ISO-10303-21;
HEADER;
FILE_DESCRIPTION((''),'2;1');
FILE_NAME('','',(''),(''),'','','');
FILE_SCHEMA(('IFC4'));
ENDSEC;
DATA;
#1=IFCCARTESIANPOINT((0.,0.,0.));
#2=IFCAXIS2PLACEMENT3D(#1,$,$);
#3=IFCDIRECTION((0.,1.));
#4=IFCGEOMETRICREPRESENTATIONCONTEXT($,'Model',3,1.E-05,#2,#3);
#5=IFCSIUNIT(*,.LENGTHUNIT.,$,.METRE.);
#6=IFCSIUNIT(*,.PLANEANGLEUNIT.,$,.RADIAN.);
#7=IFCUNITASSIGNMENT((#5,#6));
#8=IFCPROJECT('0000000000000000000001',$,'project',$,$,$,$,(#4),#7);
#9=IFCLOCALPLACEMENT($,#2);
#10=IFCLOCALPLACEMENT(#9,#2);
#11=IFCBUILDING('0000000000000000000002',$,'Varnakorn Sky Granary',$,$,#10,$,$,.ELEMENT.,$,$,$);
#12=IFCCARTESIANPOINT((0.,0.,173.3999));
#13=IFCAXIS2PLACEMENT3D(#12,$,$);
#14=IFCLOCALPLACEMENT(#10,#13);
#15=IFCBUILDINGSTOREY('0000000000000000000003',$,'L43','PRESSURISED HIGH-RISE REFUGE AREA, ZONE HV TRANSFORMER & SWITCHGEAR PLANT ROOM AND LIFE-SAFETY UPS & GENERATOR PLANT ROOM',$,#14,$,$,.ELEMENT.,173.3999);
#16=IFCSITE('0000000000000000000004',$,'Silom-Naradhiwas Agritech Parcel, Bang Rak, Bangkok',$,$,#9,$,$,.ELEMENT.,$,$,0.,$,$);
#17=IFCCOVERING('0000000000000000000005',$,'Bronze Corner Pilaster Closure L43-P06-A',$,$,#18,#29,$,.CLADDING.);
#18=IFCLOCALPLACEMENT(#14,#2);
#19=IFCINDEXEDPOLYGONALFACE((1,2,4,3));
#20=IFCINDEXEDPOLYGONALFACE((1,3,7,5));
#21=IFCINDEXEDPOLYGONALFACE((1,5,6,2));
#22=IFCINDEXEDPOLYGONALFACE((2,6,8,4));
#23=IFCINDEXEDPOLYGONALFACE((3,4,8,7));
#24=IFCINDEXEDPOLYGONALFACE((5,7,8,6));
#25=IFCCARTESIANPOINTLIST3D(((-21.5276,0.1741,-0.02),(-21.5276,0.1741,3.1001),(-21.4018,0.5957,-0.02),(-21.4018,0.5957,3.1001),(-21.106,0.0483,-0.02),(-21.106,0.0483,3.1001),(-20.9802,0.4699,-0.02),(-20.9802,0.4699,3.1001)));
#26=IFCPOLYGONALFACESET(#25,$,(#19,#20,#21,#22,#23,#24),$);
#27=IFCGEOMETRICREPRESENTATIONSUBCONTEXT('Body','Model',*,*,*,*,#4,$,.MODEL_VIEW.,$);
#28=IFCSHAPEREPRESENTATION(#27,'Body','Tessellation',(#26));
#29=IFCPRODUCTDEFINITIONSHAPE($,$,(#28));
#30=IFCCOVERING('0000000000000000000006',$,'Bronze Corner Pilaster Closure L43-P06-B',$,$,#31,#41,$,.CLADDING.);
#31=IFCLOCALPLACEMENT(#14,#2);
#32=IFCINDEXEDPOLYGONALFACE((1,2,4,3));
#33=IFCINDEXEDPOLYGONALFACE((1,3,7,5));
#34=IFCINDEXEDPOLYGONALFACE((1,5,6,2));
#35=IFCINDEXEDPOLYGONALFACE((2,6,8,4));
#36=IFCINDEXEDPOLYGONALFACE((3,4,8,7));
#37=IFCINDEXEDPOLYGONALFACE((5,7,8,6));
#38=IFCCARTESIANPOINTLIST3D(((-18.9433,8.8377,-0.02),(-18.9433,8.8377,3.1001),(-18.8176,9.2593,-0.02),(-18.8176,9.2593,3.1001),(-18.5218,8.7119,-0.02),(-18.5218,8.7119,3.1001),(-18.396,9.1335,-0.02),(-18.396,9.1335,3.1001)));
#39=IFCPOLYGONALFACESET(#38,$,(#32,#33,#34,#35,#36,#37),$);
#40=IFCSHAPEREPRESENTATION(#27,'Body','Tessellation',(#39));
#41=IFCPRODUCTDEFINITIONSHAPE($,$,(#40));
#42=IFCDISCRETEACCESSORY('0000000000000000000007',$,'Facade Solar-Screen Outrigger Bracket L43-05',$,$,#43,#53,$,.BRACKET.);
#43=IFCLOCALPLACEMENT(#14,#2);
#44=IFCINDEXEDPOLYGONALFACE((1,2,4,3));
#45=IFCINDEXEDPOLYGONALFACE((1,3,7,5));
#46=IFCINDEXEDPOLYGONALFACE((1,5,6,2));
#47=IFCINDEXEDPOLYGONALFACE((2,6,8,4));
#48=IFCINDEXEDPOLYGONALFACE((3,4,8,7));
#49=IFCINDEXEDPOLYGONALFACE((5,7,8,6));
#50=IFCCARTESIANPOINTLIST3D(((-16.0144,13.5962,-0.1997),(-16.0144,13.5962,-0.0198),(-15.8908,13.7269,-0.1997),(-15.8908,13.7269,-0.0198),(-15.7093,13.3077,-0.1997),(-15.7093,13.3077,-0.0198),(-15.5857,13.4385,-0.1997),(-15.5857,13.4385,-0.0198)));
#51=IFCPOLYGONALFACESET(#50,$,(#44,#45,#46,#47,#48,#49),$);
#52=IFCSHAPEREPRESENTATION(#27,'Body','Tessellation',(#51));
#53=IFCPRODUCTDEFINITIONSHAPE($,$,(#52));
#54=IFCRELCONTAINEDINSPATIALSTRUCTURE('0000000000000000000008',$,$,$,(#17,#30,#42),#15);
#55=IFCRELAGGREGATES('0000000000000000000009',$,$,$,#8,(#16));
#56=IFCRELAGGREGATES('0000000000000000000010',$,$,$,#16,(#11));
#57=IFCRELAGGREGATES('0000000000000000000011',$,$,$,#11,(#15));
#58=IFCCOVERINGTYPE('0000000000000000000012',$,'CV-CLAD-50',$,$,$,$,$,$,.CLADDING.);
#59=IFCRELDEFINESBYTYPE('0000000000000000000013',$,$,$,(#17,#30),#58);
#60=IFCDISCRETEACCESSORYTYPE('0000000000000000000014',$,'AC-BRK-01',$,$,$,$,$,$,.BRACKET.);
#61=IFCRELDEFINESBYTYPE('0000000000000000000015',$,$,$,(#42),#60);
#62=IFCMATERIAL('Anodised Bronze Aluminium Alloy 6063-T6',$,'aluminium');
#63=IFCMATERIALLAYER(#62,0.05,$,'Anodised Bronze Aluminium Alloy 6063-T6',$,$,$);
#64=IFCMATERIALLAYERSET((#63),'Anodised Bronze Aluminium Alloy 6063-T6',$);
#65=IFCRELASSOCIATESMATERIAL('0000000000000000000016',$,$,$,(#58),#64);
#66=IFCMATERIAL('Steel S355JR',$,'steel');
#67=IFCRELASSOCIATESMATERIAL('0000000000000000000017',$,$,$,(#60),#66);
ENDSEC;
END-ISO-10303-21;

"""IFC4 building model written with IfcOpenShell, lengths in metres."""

from ifc_helpers import new_model, si_unit, direction, frame, origin, origin_2d, place, context, subcontext, project, spatial, rectangle, extrude, source, transform, mapped, material, layer, layer_set, type_object, type_shapes, element, save


model = new_model("IFC4")

# Units and contexts
model_context = context("Model", 3, precision=1e-05, world=origin(), true_north=direction((0.0, 1.0)))
body_context = subcontext(model_context, "Body", "Model", "MODEL_VIEW")
ifc_project = project(units=[si_unit("LENGTHUNIT", "METRE"), si_unit("PLANEANGLEUNIT", "RADIAN")], contexts=[model_context])

# Site, building, storey
site_placement = place(None, origin())
site = spatial("IfcSite", under=ifc_project, at=site_placement, Name="Silom-Naradhiwas Agritech Parcel, Bang Rak, Bangkok", CompositionType="ELEMENT", RefElevation=0.0)
building_placement = place(site_placement, origin())
building = spatial("IfcBuilding", under=site, at=building_placement, Name="Varnakorn Sky Granary", CompositionType="ELEMENT")
storey_placement = place(building_placement, frame((0.0, 0.0, 173.3999)))
storey = spatial("IfcBuildingStorey", under=building, at=storey_placement, Name="L43", Description="PRESSURISED HIGH-RISE REFUGE AREA, ZONE HV TRANSFORMER & SWITCHGEAR PLANT ROOM AND LIFE-SAFETY UPS & GENERATOR PLANT ROOM", CompositionType="ELEMENT", Elevation=173.3999)

# Shared definitions
ifc_material_1 = material(Name="Steel S355JR", Category="steel")

# Shared definitions
ifc_material_2 = material(Name="Anodised Bronze Aluminium Alloy 6063-T6", Category="aluminium")
ifc_layer_1 = layer(ifc_material_2, 0.05, Name="Anodised Bronze Aluminium Alloy 6063-T6")
ifc_layer_set_1 = layer_set([ifc_layer_1], Name="Anodised Bronze Aluminium Alloy 6063-T6")
covering_type = type_object("IfcCoveringType", Name="CV-CLAD-50", PredefinedType="CLADDING", material=ifc_layer_set_1)

# Coverings
shared_shape_1 = source(origin(), body_context, "Body", "SweptSolid", [
    extrude(rectangle(XDim=0.4399, YDim=0.4399, at=origin_2d()), origin(), (0.0, 0.0, 1.0), 3.1201),
])
for number, where, z_axis, x_axis, name in (
    (1, (-21.2539, 0.322, -0.02), (0.0, 0.0, 1.0), (0.285856, 0.958273, 0.0), "Bronze Corner Pilaster Closure L43-P06-A"),
    (2, (-18.6697, 8.9856, -0.02), (0.0, 0.0, 1.0), (0.285856, 0.958273, 0.0), "Bronze Corner Pilaster Closure L43-P06-B"),
):
    element("IfcCovering", number, at=place(storey_placement, frame(where, z_axis=z_axis, x_axis=x_axis)), inside=storey, type_object=covering_type, Name=name, PredefinedType="CLADDING", context=body_context, shape_type="MappedRepresentation", body=[
        mapped(shared_shape_1, transform((0.0, 0.0, 0.0), x_axis=(1.0, 0.0, 0.0), y_axis=(0.0, 1.0, 0.0), z_axis=(0.0, 0.0, 1.0), scale=1.0)),
    ])

# Discrete accessory
discrete_accessory_type = type_object("IfcDiscreteAccessoryType", Name="AC-BRK-01", PredefinedType="BRACKET", material=ifc_material_1)
shared_shape_2 = source(origin(), body_context, "Body", "SweptSolid", [
    extrude(rectangle(XDim=0.1799, YDim=0.4199, at=origin_2d()), origin(), (0.0, 0.0, 1.0), 0.1799),
])
type_shapes(discrete_accessory_type, [shared_shape_2])
discrete_accessory_placement = place(storey_placement, frame((-15.8, 13.5173, -0.1997), z_axis=(0.0, 0.0, 1.0), x_axis=(-0.686942, -0.726712, 0.0)))
element("IfcDiscreteAccessory", 3, at=discrete_accessory_placement, inside=storey, type_object=discrete_accessory_type, Name="Facade Solar-Screen Outrigger Bracket L43-05", PredefinedType="BRACKET", context=body_context, shape_type="MappedRepresentation", body=[
    mapped(shared_shape_2, transform((0.0, 0.0, 0.0), x_axis=(1.0, 0.0, 0.0), y_axis=(0.0, 1.0, 0.0), z_axis=(0.0, 0.0, 1.0), scale=1.0)),
])

save(model, "model.ifc")
